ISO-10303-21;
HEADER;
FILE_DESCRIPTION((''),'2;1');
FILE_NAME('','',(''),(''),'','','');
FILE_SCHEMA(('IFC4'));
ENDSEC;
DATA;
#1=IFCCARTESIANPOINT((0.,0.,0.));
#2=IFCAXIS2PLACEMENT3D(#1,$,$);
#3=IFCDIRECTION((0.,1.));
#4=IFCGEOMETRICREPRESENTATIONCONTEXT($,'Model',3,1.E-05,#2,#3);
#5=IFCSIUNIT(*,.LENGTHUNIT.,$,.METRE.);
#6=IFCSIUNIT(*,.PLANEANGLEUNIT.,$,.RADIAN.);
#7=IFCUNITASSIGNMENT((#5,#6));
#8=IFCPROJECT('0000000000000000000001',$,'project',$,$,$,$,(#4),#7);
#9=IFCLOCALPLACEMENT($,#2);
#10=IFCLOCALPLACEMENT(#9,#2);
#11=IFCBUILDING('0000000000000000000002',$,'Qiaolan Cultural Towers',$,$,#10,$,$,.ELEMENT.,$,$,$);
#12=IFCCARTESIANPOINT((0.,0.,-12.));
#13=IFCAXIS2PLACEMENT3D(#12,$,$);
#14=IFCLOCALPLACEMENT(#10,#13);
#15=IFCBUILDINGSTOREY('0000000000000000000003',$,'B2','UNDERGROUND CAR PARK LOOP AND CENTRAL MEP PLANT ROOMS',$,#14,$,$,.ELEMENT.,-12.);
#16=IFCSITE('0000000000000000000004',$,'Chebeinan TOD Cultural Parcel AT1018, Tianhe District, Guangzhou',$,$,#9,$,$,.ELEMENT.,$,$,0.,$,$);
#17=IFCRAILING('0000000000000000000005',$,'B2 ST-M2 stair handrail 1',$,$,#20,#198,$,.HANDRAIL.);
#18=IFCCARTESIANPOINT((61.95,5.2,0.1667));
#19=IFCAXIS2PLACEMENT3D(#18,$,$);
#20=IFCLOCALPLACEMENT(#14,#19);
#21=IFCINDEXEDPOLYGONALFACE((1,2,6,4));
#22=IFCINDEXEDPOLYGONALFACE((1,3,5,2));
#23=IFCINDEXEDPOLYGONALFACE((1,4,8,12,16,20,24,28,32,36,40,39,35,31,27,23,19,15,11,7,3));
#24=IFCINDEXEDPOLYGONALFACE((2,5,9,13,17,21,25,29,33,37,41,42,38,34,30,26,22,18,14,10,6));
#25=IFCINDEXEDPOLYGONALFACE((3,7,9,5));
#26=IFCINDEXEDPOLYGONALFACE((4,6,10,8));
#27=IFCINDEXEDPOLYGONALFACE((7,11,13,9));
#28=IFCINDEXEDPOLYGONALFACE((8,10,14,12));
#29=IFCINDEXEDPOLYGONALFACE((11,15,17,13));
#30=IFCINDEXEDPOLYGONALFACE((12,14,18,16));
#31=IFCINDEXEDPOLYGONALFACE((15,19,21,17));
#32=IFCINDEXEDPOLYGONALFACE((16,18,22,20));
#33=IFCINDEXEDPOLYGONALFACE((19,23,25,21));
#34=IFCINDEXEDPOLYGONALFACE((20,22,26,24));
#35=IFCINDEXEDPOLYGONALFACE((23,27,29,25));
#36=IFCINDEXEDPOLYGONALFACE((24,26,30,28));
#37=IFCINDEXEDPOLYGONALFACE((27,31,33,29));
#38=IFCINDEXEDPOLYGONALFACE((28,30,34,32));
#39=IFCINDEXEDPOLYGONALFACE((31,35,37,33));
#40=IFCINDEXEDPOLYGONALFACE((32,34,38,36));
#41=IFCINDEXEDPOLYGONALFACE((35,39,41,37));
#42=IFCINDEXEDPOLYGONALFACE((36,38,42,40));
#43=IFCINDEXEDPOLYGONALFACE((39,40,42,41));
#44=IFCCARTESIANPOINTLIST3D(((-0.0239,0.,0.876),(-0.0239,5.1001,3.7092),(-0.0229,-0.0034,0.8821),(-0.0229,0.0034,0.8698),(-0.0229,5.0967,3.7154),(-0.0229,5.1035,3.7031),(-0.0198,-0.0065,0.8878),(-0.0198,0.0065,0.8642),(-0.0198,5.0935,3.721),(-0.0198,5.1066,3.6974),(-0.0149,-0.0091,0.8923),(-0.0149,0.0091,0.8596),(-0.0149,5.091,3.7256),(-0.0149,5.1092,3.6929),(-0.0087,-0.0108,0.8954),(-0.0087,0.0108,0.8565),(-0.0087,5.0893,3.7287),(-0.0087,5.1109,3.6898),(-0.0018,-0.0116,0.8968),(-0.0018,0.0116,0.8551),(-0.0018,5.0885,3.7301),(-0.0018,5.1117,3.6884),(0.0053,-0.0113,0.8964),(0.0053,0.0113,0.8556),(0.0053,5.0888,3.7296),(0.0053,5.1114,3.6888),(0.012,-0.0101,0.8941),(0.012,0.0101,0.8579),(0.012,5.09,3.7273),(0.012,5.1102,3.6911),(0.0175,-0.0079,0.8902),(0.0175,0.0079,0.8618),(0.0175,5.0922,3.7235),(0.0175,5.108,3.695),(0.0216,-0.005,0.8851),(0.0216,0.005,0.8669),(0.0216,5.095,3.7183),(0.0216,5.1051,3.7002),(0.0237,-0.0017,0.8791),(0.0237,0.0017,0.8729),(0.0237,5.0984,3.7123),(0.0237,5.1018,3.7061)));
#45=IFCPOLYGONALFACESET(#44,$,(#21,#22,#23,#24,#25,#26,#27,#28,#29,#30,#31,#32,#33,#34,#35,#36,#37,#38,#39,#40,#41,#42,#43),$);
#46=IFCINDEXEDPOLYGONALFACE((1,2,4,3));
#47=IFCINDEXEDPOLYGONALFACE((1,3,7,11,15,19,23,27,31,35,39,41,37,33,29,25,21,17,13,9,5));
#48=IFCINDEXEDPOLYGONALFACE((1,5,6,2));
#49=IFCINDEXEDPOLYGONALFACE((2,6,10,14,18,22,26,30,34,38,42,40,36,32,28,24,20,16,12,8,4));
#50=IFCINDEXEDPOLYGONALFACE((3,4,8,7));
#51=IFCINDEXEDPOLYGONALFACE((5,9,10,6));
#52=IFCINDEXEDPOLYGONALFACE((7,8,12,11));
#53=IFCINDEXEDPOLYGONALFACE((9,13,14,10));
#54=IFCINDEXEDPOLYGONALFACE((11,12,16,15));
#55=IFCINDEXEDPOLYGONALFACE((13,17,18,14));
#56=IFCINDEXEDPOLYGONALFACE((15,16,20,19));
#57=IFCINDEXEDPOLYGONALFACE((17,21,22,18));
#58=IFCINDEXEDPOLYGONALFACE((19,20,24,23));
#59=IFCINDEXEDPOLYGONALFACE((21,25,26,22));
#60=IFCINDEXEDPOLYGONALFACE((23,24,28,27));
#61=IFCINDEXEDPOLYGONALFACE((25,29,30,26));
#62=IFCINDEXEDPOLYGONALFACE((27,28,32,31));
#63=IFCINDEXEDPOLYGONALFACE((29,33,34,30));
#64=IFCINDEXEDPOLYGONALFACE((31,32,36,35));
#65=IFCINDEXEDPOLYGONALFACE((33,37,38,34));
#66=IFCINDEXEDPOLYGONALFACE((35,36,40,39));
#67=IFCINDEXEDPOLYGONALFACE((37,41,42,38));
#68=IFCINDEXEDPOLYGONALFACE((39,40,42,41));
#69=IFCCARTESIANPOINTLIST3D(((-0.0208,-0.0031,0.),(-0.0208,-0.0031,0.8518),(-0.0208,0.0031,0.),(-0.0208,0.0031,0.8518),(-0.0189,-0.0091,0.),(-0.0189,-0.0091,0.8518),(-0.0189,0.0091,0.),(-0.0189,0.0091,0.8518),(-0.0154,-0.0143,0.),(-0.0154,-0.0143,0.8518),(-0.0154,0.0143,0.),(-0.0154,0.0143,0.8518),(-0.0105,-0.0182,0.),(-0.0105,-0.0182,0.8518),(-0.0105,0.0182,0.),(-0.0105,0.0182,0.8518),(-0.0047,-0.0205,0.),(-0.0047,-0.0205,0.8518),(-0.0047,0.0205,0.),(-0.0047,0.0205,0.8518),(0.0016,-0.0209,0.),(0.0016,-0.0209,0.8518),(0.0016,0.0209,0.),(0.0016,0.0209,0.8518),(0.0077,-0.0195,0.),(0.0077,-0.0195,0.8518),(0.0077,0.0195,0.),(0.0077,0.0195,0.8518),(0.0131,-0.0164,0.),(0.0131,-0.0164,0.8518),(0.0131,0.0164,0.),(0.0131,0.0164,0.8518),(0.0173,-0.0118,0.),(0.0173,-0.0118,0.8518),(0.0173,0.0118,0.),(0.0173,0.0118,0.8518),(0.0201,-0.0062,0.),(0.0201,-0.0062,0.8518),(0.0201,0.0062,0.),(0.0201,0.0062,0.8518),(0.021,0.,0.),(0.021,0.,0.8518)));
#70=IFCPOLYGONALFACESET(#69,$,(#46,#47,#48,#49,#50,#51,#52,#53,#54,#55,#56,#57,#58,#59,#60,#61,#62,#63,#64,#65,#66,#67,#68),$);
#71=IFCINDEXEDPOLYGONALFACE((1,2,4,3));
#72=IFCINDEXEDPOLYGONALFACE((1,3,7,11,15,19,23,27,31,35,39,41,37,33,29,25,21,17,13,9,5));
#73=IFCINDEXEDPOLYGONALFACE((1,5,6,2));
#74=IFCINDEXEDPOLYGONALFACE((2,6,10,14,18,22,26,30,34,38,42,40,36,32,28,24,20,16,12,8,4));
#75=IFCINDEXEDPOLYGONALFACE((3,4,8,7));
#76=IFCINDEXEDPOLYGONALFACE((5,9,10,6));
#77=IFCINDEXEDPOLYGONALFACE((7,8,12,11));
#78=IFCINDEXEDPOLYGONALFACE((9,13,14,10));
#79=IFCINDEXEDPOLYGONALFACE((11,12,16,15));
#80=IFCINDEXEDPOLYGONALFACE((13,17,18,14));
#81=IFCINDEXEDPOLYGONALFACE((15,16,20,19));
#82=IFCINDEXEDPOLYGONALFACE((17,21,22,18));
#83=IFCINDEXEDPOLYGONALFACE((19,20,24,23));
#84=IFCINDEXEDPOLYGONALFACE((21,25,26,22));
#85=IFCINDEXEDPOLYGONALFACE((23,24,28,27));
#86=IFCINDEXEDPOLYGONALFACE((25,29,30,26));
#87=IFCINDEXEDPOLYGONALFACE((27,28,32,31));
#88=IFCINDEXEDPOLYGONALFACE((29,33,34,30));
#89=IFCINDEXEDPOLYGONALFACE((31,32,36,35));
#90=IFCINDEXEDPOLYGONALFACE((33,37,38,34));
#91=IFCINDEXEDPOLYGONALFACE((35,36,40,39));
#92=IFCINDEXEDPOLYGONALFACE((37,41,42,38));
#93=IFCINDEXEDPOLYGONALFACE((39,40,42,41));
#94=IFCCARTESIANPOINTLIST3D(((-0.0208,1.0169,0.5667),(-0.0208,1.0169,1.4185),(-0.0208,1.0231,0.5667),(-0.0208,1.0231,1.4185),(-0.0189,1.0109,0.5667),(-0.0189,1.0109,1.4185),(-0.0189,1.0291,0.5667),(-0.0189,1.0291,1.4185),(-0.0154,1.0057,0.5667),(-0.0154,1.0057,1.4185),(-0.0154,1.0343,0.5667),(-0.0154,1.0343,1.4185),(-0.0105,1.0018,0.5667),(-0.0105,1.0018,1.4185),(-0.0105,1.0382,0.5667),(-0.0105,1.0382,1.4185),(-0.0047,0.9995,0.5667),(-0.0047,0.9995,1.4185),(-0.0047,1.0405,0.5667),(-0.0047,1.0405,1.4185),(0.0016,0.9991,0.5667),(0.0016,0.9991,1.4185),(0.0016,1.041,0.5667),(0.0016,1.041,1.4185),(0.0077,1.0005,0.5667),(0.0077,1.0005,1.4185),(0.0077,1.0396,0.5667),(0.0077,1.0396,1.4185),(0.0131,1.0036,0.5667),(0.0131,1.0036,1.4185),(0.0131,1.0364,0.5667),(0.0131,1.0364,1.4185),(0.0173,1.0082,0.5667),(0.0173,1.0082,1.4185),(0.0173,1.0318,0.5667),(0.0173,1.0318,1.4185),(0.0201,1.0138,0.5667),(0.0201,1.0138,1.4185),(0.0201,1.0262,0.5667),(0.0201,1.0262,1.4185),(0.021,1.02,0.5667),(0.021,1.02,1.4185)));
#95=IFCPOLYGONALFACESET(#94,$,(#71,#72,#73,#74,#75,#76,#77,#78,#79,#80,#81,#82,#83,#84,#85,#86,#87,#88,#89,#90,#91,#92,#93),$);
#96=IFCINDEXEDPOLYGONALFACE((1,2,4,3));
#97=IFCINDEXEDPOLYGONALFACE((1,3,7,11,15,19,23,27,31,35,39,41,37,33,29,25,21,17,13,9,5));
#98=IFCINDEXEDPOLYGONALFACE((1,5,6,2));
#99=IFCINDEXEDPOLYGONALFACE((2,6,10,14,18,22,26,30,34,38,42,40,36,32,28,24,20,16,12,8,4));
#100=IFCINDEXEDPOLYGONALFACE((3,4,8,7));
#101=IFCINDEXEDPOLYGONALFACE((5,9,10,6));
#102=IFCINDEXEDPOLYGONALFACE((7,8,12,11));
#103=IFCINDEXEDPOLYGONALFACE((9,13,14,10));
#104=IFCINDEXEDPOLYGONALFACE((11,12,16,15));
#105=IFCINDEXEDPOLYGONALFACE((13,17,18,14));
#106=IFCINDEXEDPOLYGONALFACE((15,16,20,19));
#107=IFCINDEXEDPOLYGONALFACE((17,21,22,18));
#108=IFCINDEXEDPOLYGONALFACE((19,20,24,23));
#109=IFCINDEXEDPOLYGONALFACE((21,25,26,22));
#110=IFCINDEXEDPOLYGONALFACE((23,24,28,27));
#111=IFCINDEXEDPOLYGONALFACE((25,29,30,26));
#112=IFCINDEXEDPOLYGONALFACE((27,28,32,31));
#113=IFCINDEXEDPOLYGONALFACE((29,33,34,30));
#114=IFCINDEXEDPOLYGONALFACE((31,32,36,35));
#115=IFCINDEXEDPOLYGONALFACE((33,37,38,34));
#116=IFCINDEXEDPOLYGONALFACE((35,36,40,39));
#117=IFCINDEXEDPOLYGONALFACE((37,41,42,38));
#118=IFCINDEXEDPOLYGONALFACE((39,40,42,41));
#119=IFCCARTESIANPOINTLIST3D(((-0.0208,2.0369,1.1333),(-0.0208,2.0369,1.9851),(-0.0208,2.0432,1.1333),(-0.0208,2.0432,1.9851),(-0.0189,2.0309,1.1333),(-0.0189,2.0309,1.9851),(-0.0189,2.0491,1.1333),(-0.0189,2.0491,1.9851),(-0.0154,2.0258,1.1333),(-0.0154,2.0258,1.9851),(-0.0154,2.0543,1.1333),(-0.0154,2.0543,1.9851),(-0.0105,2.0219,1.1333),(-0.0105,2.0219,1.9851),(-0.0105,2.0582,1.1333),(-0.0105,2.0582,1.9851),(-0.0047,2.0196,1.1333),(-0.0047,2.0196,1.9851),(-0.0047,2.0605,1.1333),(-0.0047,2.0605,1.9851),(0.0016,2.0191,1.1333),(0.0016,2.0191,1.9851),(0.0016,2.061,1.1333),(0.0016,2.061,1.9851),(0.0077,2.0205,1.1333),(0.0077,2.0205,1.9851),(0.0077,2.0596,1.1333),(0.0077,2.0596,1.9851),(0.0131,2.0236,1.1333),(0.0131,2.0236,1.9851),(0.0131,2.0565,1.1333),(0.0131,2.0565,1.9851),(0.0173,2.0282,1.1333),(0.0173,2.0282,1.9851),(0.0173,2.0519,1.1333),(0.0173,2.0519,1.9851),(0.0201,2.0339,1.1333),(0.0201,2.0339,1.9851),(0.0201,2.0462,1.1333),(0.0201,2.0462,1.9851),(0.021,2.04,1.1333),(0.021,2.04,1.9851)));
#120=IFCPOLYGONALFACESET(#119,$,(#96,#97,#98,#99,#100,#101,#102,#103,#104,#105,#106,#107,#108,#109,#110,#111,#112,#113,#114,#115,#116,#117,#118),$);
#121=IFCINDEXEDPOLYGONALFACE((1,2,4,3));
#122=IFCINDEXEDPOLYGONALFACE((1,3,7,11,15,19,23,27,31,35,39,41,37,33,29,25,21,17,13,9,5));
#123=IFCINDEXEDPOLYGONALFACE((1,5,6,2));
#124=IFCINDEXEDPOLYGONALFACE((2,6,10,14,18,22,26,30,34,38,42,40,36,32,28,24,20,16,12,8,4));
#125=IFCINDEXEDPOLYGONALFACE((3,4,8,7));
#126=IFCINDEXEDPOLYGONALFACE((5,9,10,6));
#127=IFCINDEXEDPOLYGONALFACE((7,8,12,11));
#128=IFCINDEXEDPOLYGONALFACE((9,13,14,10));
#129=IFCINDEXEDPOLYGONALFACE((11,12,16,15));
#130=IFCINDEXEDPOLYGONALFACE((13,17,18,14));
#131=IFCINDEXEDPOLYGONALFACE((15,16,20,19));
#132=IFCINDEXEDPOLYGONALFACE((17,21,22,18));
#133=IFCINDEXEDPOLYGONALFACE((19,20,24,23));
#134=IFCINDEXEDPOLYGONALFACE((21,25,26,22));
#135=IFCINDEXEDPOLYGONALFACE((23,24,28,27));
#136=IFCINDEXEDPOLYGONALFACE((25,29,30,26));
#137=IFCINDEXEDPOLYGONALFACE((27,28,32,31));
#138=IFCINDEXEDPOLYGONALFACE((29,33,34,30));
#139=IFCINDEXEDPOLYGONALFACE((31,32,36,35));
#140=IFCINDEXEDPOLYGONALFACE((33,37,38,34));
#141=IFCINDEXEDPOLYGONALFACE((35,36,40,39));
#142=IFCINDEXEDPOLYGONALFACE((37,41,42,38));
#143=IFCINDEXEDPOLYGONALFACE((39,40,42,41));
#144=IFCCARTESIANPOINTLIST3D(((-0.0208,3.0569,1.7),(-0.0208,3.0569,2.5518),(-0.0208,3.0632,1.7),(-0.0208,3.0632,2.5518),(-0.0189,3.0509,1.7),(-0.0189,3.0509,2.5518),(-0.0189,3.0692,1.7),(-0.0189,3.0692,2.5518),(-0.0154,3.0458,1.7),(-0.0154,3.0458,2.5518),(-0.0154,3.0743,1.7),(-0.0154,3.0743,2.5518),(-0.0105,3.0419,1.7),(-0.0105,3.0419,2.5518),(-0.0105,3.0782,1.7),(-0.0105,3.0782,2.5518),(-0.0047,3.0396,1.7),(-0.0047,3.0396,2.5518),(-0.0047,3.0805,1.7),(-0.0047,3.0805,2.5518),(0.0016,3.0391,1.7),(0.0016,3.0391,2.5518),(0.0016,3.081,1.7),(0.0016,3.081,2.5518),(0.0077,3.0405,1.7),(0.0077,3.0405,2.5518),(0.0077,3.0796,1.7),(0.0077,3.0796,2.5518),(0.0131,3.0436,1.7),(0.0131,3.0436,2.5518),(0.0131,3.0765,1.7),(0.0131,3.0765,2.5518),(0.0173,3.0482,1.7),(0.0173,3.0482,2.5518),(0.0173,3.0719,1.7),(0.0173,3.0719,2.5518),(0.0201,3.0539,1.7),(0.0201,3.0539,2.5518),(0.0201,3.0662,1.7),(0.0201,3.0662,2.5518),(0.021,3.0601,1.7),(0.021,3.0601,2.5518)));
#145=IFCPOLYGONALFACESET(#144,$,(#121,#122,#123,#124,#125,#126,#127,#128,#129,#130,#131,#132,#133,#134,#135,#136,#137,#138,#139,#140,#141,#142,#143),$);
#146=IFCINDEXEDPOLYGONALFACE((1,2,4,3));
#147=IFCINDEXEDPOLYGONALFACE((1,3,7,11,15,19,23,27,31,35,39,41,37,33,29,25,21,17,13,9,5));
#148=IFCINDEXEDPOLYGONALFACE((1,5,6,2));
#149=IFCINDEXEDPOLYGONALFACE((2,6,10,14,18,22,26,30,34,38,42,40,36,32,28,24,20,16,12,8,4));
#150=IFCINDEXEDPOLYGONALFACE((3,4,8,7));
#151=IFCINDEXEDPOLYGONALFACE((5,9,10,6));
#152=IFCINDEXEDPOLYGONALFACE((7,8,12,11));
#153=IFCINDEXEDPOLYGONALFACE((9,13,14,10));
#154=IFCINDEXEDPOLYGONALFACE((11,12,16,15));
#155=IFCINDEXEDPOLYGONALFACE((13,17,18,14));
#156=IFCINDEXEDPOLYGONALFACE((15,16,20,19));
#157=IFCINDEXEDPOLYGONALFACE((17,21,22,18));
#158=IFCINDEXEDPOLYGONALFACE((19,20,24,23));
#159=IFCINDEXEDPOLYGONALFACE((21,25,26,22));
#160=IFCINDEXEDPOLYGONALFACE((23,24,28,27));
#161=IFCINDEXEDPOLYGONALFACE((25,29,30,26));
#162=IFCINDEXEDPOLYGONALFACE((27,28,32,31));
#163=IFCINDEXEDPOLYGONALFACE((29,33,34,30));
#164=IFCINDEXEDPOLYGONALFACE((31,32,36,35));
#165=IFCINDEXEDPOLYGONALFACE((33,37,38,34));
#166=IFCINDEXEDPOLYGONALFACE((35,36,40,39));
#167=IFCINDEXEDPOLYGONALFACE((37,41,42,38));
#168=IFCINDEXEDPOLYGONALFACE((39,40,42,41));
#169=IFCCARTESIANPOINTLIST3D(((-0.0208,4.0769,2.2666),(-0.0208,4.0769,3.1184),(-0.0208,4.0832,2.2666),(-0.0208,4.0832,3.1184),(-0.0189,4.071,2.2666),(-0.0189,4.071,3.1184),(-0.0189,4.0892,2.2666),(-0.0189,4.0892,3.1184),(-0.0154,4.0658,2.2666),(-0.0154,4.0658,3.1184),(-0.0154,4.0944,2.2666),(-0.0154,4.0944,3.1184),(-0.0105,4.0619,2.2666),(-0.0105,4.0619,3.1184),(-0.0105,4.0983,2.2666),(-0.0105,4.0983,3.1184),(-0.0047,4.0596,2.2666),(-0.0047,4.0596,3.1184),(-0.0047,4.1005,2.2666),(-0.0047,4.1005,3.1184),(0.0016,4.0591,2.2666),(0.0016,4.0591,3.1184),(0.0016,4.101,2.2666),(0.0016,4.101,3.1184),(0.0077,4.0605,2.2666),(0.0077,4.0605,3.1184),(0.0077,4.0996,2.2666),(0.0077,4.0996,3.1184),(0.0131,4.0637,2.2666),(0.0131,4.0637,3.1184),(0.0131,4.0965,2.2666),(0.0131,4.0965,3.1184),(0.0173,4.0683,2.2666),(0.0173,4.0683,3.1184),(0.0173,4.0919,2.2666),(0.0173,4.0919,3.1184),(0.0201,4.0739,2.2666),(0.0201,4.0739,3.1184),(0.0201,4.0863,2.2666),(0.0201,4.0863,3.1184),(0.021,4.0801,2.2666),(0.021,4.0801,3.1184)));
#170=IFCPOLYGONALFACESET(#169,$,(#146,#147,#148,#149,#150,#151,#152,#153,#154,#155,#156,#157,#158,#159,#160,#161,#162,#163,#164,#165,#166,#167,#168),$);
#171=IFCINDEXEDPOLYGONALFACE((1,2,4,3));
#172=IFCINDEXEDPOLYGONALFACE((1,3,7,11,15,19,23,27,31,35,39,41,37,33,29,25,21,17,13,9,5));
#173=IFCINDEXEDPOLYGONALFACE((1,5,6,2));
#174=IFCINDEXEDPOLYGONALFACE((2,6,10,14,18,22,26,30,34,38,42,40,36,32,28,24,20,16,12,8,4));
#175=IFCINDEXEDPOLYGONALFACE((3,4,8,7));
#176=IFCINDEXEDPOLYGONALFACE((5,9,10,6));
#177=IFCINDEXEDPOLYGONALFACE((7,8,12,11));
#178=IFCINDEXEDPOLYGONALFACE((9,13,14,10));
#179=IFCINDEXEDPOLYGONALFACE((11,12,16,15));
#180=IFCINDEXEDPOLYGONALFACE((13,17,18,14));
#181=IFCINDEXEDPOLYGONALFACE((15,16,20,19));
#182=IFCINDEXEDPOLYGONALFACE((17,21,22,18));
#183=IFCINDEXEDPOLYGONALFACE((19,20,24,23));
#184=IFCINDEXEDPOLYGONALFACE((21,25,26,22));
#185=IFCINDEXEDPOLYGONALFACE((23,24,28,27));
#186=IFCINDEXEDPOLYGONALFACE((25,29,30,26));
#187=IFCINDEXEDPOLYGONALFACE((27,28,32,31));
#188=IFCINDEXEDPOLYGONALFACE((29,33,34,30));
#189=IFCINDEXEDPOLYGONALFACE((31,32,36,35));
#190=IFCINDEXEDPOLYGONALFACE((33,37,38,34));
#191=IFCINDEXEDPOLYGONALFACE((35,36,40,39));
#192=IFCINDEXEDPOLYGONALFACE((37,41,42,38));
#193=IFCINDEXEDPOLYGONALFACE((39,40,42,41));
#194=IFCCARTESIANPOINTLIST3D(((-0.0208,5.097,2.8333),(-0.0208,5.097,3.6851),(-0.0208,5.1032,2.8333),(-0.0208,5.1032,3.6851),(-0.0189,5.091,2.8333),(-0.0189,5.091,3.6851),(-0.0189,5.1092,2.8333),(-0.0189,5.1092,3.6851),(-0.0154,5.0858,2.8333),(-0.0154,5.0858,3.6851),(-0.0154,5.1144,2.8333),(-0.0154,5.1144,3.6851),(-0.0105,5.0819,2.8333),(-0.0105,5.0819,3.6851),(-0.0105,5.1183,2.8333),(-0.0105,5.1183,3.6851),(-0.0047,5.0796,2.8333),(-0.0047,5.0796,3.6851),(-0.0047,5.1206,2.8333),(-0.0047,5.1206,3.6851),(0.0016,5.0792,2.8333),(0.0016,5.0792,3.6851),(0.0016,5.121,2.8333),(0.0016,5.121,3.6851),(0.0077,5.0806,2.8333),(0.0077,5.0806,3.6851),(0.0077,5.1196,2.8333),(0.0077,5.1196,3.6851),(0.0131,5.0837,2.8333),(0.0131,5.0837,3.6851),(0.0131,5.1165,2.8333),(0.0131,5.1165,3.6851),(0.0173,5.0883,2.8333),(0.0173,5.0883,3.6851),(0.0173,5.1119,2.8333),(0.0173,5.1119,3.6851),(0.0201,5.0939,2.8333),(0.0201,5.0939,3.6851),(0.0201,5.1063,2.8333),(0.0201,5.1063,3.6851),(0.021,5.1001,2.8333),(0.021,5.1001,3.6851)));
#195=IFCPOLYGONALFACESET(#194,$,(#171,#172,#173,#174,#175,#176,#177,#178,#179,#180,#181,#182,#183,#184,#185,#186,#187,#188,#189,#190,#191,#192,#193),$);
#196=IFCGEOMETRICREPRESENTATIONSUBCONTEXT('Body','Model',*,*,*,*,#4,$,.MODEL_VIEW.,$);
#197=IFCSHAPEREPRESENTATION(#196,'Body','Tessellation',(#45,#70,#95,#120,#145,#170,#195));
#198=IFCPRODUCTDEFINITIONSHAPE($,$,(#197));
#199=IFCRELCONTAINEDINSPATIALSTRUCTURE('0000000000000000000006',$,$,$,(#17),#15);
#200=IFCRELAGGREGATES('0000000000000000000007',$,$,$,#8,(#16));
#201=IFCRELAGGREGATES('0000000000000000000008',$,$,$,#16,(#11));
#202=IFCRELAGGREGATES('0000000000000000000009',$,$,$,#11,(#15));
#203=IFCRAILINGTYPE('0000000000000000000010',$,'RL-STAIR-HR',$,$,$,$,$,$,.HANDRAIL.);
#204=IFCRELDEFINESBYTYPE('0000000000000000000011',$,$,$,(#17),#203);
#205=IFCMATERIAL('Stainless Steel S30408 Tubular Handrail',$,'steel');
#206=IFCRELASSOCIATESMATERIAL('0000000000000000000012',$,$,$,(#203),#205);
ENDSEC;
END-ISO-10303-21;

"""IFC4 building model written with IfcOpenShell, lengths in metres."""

from ifc_helpers import new_model, si_unit, direction, frame, origin, origin_2d, place, context, subcontext, project, spatial, circle, extrude, material, type_object, element, save


model = new_model("IFC4")

# Units and contexts
model_context = context("Model", 3, precision=1e-05, world=origin(), true_north=direction((0.0, 1.0)))
body_context = subcontext(model_context, "Body", "Model", "MODEL_VIEW")
ifc_project = project(units=[si_unit("LENGTHUNIT", "METRE"), si_unit("PLANEANGLEUNIT", "RADIAN")], contexts=[model_context])

# Site, building, storey
site_placement = place(None, origin())
site = spatial("IfcSite", under=ifc_project, at=site_placement, Name="Chebeinan TOD Cultural Parcel AT1018, Tianhe District, Guangzhou", CompositionType="ELEMENT", RefElevation=0.0)
building_placement = place(site_placement, origin())
building = spatial("IfcBuilding", under=site, at=building_placement, Name="Qiaolan Cultural Towers", CompositionType="ELEMENT")
storey_placement = place(building_placement, frame((0.0, 0.0, -12.0)))
storey = spatial("IfcBuildingStorey", under=building, at=storey_placement, Name="B2", Description="UNDERGROUND CAR PARK LOOP AND CENTRAL MEP PLANT ROOMS", CompositionType="ELEMENT", Elevation=-12.0)

# Railing
ifc_material_1 = material(Name="Stainless Steel S30408 Tubular Handrail", Category="steel")
railing_type_1 = type_object("IfcRailingType", Name="RL-STAIR-HR", PredefinedType="HANDRAIL", material=ifc_material_1)
railing_1_placement = place(storey_placement, frame((61.95, 5.2, 0.1667)))
element("IfcRailing", 1, at=railing_1_placement, inside=storey, type_object=railing_type_1, Name="B2 ST-M2 stair handrail 1", PredefinedType="HANDRAIL", context=body_context, shape_type="SweptSolid", body=[
    extrude(circle(Radius=0.0239, at=origin_2d()), frame((0.0, 0.0, 0.876), z_axis=(0.0, 0.874167, 0.485625), x_axis=(-1.0, 0.0, 0.0)), (0.0, 0.0, 1.0), 5.8342),
    extrude(circle(Radius=0.021, at=origin_2d()), origin(), (0.0, 0.0, 1.0), 0.8518),
    extrude(circle(Radius=0.021, at=origin_2d()), frame((0.0, 1.02, 0.5667)), (0.0, 0.0, 1.0), 0.8518),
    extrude(circle(Radius=0.021, at=origin_2d()), frame((0.0, 2.04, 1.1333)), (0.0, 0.0, 1.0), 0.8518),
    extrude(circle(Radius=0.021, at=origin_2d()), frame((0.0, 3.0601, 1.7)), (0.0, 0.0, 1.0), 0.8518),
    extrude(circle(Radius=0.021, at=origin_2d()), frame((0.0, 4.0801, 2.2666)), (0.0, 0.0, 1.0), 0.8518),
    extrude(circle(Radius=0.021, at=origin_2d()), frame((0.0, 5.1001, 2.8333)), (0.0, 0.0, 1.0), 0.8518),
])

save(model, "model.ifc")
